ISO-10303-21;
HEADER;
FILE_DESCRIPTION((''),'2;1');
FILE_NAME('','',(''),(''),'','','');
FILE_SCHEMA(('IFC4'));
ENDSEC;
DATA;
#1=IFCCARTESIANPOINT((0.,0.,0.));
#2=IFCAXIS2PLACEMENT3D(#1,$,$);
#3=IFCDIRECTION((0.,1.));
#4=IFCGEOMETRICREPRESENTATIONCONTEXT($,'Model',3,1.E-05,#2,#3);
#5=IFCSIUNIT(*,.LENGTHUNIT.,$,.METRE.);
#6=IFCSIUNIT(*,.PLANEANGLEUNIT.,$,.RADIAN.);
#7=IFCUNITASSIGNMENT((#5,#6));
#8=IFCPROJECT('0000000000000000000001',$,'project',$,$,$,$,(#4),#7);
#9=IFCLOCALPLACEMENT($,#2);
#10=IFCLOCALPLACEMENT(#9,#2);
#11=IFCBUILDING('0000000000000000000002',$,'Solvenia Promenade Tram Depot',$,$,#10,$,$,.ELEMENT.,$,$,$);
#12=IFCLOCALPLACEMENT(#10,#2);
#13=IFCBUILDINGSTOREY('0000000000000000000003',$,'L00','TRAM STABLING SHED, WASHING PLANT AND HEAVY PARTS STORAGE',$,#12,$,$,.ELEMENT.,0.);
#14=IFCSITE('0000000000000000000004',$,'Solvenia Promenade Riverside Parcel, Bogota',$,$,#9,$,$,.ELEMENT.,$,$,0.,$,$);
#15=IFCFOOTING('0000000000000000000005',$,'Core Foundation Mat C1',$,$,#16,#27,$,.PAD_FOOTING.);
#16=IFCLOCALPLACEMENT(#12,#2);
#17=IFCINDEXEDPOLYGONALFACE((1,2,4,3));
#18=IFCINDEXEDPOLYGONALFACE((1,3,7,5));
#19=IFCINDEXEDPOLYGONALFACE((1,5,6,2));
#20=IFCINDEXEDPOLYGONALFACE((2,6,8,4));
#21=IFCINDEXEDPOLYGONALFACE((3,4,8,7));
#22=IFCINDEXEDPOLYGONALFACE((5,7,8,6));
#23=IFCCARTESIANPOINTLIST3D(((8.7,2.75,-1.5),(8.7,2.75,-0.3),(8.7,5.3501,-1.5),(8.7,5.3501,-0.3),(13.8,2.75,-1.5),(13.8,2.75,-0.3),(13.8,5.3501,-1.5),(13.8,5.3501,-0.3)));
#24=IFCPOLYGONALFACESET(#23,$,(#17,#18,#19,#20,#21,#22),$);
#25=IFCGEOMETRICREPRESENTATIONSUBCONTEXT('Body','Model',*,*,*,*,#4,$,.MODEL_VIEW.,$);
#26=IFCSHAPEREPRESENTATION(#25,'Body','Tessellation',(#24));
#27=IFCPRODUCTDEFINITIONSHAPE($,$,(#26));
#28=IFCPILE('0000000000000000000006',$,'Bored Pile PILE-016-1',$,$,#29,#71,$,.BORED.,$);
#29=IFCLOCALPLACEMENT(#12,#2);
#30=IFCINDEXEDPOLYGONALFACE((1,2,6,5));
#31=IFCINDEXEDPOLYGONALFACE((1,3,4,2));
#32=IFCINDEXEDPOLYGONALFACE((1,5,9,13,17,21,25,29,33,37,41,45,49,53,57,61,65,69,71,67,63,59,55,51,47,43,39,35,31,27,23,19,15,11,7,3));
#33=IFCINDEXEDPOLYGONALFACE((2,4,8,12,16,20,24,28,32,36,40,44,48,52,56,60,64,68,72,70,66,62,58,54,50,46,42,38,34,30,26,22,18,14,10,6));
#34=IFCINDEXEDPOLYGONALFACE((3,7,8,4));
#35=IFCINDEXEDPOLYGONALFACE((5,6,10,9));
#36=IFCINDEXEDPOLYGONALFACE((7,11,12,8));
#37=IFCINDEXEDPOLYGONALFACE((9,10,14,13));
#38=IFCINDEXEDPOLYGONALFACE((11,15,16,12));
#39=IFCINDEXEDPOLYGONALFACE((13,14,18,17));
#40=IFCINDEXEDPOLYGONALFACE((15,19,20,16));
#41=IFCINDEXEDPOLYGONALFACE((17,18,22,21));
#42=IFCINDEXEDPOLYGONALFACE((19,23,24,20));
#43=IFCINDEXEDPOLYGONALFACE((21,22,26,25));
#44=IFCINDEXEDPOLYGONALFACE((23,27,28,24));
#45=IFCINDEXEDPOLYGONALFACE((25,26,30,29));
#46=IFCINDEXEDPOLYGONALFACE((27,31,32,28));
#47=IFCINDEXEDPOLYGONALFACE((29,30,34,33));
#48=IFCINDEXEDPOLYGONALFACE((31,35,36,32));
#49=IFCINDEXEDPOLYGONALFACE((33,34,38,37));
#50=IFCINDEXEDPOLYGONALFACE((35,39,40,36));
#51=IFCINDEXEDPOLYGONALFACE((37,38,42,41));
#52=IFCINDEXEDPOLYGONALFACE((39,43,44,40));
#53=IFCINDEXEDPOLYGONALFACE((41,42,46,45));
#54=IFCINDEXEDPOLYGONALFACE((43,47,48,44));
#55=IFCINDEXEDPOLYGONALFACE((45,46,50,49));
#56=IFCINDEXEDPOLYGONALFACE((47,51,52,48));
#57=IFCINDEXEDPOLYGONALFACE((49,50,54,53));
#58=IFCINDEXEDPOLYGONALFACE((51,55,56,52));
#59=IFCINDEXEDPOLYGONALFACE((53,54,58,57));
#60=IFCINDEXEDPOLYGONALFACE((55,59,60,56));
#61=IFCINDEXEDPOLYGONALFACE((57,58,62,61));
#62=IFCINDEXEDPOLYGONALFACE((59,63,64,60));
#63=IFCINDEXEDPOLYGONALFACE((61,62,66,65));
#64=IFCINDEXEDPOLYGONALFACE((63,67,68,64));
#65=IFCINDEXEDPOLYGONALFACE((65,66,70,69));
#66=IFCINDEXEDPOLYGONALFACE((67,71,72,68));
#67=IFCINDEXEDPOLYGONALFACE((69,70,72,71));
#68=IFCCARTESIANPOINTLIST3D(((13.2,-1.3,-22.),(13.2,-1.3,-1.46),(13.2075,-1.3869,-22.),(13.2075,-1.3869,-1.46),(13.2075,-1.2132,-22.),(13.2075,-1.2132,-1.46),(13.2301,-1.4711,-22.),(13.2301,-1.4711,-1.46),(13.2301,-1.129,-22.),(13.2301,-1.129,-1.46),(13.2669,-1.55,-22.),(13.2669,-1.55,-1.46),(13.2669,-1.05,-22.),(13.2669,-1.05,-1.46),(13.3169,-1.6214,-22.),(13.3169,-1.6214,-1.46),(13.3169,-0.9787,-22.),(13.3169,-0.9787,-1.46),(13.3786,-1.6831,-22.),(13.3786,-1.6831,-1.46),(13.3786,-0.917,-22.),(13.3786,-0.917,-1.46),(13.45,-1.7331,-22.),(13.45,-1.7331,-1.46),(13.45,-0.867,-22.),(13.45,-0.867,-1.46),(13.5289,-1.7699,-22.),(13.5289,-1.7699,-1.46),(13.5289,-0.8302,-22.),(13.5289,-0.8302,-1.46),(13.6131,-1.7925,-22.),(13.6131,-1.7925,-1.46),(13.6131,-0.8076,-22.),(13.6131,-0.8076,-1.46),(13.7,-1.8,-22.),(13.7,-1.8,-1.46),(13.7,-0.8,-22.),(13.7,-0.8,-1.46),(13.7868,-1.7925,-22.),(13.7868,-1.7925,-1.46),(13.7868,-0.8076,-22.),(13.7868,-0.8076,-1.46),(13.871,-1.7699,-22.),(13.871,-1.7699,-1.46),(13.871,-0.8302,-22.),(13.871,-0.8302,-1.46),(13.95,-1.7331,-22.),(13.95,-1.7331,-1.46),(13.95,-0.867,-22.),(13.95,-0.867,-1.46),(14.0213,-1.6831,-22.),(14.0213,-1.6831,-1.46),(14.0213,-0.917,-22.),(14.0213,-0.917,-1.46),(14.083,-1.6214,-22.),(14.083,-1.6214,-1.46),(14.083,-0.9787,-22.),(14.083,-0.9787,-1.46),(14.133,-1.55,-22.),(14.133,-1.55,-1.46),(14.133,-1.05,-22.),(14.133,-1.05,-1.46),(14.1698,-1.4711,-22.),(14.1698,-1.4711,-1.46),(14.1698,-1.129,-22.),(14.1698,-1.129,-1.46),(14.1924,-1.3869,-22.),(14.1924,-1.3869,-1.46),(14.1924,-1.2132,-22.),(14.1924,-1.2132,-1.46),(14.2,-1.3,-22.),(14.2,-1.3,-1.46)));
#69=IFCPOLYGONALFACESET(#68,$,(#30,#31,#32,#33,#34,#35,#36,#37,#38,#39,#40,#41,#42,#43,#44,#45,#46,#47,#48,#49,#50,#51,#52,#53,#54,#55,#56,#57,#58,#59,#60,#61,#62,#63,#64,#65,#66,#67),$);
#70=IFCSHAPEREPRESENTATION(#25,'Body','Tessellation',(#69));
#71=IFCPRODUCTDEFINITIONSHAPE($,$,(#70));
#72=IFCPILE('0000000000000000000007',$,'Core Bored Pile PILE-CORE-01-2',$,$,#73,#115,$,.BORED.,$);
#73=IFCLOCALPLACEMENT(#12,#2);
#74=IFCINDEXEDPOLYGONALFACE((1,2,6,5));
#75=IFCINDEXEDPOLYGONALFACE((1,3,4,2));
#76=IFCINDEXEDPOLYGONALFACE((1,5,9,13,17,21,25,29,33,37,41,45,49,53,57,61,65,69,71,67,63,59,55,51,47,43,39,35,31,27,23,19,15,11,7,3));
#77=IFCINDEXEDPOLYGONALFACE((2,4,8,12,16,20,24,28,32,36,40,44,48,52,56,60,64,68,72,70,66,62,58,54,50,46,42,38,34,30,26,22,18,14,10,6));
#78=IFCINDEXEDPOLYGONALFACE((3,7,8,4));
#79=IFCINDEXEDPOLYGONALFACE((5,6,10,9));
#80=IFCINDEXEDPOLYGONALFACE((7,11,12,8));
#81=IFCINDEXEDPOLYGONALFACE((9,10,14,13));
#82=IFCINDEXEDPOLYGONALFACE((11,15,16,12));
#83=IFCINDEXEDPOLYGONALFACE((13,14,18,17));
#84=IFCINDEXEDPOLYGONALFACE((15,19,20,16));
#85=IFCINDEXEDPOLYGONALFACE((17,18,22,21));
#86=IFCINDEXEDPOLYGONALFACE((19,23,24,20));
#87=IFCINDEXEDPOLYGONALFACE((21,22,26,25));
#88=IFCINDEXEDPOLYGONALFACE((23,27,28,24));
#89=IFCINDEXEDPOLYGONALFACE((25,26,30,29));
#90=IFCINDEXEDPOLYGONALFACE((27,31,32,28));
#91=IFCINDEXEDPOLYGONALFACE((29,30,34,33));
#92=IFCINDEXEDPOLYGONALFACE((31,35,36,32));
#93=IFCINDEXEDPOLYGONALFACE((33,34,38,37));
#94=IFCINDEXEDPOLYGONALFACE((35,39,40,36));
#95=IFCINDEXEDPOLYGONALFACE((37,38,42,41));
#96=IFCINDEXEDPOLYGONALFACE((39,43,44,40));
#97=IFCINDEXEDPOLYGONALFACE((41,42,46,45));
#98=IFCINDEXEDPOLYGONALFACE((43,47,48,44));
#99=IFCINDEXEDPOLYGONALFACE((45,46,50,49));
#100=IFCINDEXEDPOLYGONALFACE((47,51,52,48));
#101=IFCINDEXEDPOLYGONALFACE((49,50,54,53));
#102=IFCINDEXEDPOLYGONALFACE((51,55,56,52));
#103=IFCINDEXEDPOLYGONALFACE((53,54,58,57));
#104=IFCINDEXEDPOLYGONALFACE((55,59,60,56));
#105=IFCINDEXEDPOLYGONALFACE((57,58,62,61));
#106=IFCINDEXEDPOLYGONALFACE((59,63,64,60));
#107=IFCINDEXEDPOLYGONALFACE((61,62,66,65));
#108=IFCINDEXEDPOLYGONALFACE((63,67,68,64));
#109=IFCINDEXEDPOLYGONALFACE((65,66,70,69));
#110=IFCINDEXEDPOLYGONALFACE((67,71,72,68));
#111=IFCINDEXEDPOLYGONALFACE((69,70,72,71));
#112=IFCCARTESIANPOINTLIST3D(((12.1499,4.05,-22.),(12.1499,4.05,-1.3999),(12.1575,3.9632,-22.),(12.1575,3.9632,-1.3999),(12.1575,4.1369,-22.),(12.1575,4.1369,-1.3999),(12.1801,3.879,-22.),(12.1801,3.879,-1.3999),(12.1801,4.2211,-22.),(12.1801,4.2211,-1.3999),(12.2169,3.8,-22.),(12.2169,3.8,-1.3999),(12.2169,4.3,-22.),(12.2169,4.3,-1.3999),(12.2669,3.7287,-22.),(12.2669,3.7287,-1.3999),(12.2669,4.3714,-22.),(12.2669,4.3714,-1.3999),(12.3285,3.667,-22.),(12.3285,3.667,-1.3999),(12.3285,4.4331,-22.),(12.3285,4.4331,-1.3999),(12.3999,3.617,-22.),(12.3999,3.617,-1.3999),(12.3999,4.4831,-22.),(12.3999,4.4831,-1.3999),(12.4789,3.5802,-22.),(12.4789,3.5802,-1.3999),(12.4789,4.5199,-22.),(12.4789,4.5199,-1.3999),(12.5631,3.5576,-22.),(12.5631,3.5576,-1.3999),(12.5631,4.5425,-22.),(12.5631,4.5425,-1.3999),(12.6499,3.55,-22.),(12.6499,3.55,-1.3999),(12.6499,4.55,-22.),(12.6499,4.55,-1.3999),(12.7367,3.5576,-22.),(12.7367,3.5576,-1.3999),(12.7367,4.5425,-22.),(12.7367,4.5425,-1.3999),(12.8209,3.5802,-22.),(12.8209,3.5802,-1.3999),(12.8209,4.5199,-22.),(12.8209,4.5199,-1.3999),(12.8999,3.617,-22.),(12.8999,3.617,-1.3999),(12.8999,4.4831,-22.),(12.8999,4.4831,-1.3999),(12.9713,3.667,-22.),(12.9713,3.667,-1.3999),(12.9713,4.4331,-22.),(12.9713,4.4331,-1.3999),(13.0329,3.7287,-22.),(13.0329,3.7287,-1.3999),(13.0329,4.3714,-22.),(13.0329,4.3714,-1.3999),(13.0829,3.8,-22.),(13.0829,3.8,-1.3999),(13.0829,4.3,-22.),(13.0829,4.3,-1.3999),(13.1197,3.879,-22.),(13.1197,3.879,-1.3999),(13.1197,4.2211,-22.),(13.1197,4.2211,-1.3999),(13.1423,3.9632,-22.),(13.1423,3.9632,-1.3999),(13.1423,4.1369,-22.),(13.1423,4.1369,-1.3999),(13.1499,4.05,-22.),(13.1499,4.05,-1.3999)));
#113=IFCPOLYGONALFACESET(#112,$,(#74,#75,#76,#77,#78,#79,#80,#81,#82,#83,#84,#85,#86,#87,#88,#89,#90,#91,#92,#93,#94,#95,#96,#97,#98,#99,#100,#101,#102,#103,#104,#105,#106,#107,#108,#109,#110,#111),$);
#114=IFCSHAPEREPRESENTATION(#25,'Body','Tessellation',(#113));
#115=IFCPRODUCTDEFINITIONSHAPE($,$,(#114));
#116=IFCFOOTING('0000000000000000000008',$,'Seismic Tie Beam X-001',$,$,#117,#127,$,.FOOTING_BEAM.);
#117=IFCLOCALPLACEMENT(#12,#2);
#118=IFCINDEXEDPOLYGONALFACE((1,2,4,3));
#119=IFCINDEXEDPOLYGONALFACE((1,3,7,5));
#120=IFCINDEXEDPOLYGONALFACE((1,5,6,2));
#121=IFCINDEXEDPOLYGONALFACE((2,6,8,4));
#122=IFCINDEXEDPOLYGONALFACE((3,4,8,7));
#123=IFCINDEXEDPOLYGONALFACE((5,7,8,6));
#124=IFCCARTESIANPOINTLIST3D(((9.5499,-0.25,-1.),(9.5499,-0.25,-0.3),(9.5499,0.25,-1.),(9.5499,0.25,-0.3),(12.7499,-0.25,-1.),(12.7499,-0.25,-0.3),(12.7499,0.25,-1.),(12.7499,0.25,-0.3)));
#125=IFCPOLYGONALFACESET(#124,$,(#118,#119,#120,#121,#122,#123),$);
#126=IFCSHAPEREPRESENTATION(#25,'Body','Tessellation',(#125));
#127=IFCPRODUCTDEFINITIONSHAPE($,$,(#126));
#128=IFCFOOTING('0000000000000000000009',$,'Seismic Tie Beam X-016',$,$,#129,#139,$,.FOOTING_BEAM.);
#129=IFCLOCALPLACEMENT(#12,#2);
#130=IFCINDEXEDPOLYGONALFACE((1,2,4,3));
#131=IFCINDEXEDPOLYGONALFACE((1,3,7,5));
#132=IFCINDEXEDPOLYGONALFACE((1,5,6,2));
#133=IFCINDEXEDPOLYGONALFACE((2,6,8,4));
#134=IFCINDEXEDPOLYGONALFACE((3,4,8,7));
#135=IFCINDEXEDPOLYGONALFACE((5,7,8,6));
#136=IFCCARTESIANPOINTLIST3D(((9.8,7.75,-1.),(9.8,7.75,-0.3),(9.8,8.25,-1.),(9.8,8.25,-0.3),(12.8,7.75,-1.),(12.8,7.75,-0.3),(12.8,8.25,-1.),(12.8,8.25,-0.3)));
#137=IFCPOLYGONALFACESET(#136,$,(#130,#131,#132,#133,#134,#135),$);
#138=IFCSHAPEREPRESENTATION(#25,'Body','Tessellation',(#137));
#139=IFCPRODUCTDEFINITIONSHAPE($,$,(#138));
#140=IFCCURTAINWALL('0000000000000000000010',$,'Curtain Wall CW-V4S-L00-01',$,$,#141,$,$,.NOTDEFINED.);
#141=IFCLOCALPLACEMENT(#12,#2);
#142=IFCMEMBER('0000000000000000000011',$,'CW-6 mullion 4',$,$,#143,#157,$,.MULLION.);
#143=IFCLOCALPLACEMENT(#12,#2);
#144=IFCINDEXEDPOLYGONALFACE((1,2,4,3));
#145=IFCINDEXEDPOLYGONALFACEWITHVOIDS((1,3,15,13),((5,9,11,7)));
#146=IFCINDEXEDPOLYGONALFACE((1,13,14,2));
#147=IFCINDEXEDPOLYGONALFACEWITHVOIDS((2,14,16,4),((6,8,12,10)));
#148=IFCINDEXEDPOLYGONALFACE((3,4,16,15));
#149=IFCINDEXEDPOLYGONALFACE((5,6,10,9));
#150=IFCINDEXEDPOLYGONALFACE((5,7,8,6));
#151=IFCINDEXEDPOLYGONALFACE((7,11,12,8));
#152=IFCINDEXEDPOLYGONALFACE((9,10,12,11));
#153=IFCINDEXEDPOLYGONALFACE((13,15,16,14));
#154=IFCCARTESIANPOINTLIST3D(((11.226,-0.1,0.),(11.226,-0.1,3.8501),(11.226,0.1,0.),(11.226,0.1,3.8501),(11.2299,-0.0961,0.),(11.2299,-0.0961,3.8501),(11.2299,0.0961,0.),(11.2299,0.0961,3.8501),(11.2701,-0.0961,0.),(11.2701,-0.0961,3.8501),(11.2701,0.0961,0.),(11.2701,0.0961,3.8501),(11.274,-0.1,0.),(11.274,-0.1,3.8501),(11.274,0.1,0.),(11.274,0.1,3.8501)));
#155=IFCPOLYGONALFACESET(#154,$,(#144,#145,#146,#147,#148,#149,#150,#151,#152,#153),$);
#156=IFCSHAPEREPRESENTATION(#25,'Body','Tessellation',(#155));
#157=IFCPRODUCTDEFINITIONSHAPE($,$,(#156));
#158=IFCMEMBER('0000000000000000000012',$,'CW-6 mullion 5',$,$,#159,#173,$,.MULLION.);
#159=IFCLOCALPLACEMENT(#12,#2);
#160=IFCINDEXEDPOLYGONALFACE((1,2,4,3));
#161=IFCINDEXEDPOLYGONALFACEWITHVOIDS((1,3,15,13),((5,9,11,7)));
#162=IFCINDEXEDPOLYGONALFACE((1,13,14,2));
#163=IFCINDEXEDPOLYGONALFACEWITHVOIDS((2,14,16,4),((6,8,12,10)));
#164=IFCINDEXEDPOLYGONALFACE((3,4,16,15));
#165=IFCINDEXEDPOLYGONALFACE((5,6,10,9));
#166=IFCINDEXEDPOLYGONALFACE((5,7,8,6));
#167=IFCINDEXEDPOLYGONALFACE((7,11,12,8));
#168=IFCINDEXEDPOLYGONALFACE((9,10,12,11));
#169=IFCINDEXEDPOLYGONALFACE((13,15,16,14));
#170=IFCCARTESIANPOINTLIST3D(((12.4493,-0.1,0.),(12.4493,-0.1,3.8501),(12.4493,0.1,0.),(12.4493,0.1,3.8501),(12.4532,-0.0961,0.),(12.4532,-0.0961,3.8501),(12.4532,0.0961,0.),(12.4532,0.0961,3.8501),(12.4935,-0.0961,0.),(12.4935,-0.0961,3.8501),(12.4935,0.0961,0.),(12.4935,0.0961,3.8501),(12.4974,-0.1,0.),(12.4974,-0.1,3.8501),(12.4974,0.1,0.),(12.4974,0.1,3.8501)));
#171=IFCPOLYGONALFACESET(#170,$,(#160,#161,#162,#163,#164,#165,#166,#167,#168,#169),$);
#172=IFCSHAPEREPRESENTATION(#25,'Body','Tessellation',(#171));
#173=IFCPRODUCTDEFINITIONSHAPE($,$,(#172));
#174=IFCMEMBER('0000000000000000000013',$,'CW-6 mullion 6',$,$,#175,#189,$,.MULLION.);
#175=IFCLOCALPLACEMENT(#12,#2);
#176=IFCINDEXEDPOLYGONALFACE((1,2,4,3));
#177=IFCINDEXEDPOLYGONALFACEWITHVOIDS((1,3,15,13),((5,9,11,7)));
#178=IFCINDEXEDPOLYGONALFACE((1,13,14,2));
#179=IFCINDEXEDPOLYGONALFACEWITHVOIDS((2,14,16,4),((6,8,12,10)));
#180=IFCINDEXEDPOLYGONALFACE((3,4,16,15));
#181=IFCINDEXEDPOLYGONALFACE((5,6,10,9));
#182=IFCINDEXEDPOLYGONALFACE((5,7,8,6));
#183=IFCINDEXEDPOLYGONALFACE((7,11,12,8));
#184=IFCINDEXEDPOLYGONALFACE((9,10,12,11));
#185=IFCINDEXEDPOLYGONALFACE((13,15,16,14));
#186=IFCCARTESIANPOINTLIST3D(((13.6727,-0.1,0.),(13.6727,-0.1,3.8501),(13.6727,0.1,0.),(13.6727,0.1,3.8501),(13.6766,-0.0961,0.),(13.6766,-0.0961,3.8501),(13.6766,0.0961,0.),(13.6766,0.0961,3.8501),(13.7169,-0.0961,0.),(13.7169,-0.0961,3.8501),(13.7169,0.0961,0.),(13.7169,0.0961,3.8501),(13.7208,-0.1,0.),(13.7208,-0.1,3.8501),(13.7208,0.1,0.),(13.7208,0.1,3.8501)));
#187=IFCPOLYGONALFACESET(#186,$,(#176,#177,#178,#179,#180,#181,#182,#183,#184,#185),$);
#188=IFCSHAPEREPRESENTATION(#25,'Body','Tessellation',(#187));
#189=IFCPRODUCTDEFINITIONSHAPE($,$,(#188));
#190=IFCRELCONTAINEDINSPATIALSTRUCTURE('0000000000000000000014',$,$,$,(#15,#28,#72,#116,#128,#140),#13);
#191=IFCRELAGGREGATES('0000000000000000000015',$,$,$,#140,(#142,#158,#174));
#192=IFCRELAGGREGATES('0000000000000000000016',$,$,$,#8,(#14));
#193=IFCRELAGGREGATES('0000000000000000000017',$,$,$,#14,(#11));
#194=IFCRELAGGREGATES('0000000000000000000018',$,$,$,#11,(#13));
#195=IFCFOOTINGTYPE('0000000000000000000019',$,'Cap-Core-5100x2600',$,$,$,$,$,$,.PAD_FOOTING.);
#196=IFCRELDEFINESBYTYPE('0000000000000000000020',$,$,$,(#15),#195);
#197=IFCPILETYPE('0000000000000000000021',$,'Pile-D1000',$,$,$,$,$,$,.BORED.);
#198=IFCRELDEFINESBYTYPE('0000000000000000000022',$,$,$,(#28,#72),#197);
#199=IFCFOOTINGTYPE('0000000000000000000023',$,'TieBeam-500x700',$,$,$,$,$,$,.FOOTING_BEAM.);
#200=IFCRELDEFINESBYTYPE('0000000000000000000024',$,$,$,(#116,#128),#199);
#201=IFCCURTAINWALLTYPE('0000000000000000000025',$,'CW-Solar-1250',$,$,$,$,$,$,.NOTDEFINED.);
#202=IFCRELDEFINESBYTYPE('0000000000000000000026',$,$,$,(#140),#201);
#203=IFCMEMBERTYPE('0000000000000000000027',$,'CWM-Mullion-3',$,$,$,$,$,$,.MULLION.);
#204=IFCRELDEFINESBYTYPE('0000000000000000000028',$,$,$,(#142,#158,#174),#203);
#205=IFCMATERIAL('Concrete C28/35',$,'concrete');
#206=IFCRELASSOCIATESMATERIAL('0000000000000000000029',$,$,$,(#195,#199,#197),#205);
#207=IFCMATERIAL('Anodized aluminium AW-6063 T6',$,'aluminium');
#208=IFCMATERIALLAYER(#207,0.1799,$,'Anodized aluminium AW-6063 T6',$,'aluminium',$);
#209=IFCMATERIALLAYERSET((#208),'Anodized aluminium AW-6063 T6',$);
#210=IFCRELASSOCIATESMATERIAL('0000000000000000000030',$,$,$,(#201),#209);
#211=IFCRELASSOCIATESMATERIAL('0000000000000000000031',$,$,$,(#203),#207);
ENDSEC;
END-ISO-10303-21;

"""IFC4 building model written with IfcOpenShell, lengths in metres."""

from ifc_helpers import new_model, si_unit, direction, frame, origin, origin_2d, place, context, subcontext, project, spatial, rectangle, hollow_rectangle, circle, extrude, material, layer, layer_set, material_profile, profile_set, type_object, element, aggregate, save


model = new_model("IFC4")

# Units and contexts
model_context = context("Model", 3, precision=1e-05, world=origin(), true_north=direction((0.0, 1.0)))
body_context = subcontext(model_context, "Body", "Model", "MODEL_VIEW")
ifc_project = project(units=[si_unit("LENGTHUNIT", "METRE"), si_unit("PLANEANGLEUNIT", "RADIAN")], contexts=[model_context])

# Site, building, storey
site_placement = place(None, origin())
site = spatial("IfcSite", under=ifc_project, at=site_placement, Name="Solvenia Promenade Riverside Parcel, Bogota", CompositionType="ELEMENT", RefElevation=0.0)
building_placement = place(site_placement, origin())
building = spatial("IfcBuilding", under=site, at=building_placement, Name="Solvenia Promenade Tram Depot", CompositionType="ELEMENT")
storey_placement = place(building_placement, origin())
storey = spatial("IfcBuildingStorey", under=building, at=storey_placement, Name="L00", Description="TRAM STABLING SHED, WASHING PLANT AND HEAVY PARTS STORAGE", CompositionType="ELEMENT", Elevation=0.0)

# Footing
ifc_material_1 = material(Name="Concrete C28/35", Category="concrete")
footing_type_1 = type_object("IfcFootingType", Name="Cap-Core-5100x2600", PredefinedType="PAD_FOOTING", material=ifc_material_1)
footing_1_placement = place(storey_placement, frame((11.25, 4.05, -1.5), z_axis=(0.0, 0.0, 1.0), x_axis=(1.0, 0.0, 0.0)))
element("IfcFooting", 1, at=footing_1_placement, inside=storey, type_object=footing_type_1, Name="Core Foundation Mat C1", PredefinedType="PAD_FOOTING", context=body_context, shape_type="SweptSolid", body=[
    extrude(rectangle(XDim=5.1001, YDim=2.6001, at=origin_2d()), origin(), (0.0, 0.0, 1.0), 1.2),
])

# Piles
ifc_material_profile_1 = material_profile(ifc_material_1, circle(Radius=0.5, at=origin_2d()), Name="D1000", Category="concrete")
ifc_profile_set_1 = profile_set([ifc_material_profile_1], Name="Concrete C28/35")
pile_type = type_object("IfcPileType", Name="Pile-D1000", PredefinedType="BORED", material=ifc_profile_set_1)
pile_1_placement = place(storey_placement, frame((13.7, -1.3, -1.46), z_axis=(0.0, 0.0, -1.0), x_axis=(1.0, 0.0, 0.0)))
element("IfcPile", 2, at=pile_1_placement, inside=storey, type_object=pile_type, Name="Bored Pile PILE-016-1", PredefinedType="BORED", context=body_context, shape_type="SweptSolid", body=[
    extrude(circle(Radius=0.5, at=origin_2d()), origin(), (0.0, 0.0, 1.0), 20.54),
])
pile_2_placement = place(storey_placement, frame((12.6499, 4.05, -1.3999), z_axis=(0.0, 0.0, -1.0), x_axis=(1.0, 0.0, 0.0)))
element("IfcPile", 3, at=pile_2_placement, inside=storey, type_object=pile_type, Name="Core Bored Pile PILE-CORE-01-2", PredefinedType="BORED", context=body_context, shape_type="SweptSolid", body=[
    extrude(circle(Radius=0.5, at=origin_2d()), origin(), (0.0, 0.0, 1.0), 20.6001),
])

# Footings
footing_type_2 = type_object("IfcFootingType", Name="TieBeam-500x700", PredefinedType="FOOTING_BEAM", material=ifc_material_1)
footing_2_placement = place(storey_placement, frame((11.1499, 0.0, -1.0), z_axis=(0.0, 0.0, 1.0), x_axis=(1.0, 0.0, 0.0)))
element("IfcFooting", 4, at=footing_2_placement, inside=storey, type_object=footing_type_2, Name="Seismic Tie Beam X-001", PredefinedType="FOOTING_BEAM", context=body_context, shape_type="SweptSolid", body=[
    extrude(rectangle(XDim=3.2, YDim=0.5, at=origin_2d()), origin(), (0.0, 0.0, 1.0), 0.7),
])
footing_3_placement = place(storey_placement, frame((11.3, 8.0, -1.0), z_axis=(0.0, 0.0, 1.0), x_axis=(1.0, 0.0, 0.0)))
element("IfcFooting", 5, at=footing_3_placement, inside=storey, type_object=footing_type_2, Name="Seismic Tie Beam X-016", PredefinedType="FOOTING_BEAM", context=body_context, shape_type="SweptSolid", body=[
    extrude(rectangle(XDim=3.0, YDim=0.5, at=origin_2d()), origin(), (0.0, 0.0, 1.0), 0.7),
])

# Curtain wall, members
ifc_material_2 = material(Name="Anodized aluminium AW-6063 T6", Category="aluminium")
ifc_layer_1 = layer(ifc_material_2, 0.1799, Name="Anodized aluminium AW-6063 T6", Category="aluminium")
ifc_layer_set_1 = layer_set([ifc_layer_1], Name="Anodized aluminium AW-6063 T6")
curtain_wall_type = type_object("IfcCurtainWallType", Name="CW-Solar-1250", PredefinedType="NOTDEFINED", material=ifc_layer_set_1)
curtain_wall_placement = place(storey_placement, origin())
curtain_wall = element("IfcCurtainWall", 6, at=curtain_wall_placement, inside=storey, type_object=curtain_wall_type, Name="Curtain Wall CW-V4S-L00-01", PredefinedType="NOTDEFINED")
ifc_material_profile_2 = material_profile(ifc_material_2, hollow_rectangle(XDim=0.2, YDim=0.0481, WallThickness=0.0039, at=origin_2d()), Name="ALU-M3", Category="aluminium")
ifc_profile_set_2 = profile_set([ifc_material_profile_2], Name="Anodized aluminium AW-6063 T6")
member_type_1 = type_object("IfcMemberType", Name="CWM-Mullion-3", PredefinedType="MULLION", material=ifc_profile_set_2)
member_1_placement = place(storey_placement, frame((11.25, 0.0, 0.0), z_axis=(0.0, 0.0, 1.0), x_axis=(0.0, 1.0, 0.0)))
member_1 = element("IfcMember", 7, at=member_1_placement, type_object=member_type_1, Name="CW-6 mullion 4", PredefinedType="MULLION", context=body_context, shape_type="SweptSolid", body=[
    extrude(hollow_rectangle(XDim=0.2, YDim=0.0481, WallThickness=0.0039, at=origin_2d()), origin(), (0.0, 0.0, 1.0), 3.8501),
])
member_2_placement = place(storey_placement, frame((12.4734, 0.0, 0.0), z_axis=(0.0, 0.0, 1.0), x_axis=(0.0, 1.0, 0.0)))
member_2 = element("IfcMember", 8, at=member_2_placement, type_object=member_type_1, Name="CW-6 mullion 5", PredefinedType="MULLION", context=body_context, shape_type="SweptSolid", body=[
    extrude(hollow_rectangle(XDim=0.2, YDim=0.0481, WallThickness=0.0039, at=origin_2d()), origin(), (0.0, 0.0, 1.0), 3.8501),
])
member_3_placement = place(storey_placement, frame((13.6968, 0.0, 0.0), z_axis=(0.0, 0.0, 1.0), x_axis=(0.0, 1.0, 0.0)))
member_3 = element("IfcMember", 9, at=member_3_placement, type_object=member_type_1, Name="CW-6 mullion 6", PredefinedType="MULLION", context=body_context, shape_type="SweptSolid", body=[
    extrude(hollow_rectangle(XDim=0.2, YDim=0.0481, WallThickness=0.0039, at=origin_2d()), origin(), (0.0, 0.0, 1.0), 3.8501),
])
aggregate(curtain_wall, [member_1, member_2, member_3])

save(model, "model.ifc")
